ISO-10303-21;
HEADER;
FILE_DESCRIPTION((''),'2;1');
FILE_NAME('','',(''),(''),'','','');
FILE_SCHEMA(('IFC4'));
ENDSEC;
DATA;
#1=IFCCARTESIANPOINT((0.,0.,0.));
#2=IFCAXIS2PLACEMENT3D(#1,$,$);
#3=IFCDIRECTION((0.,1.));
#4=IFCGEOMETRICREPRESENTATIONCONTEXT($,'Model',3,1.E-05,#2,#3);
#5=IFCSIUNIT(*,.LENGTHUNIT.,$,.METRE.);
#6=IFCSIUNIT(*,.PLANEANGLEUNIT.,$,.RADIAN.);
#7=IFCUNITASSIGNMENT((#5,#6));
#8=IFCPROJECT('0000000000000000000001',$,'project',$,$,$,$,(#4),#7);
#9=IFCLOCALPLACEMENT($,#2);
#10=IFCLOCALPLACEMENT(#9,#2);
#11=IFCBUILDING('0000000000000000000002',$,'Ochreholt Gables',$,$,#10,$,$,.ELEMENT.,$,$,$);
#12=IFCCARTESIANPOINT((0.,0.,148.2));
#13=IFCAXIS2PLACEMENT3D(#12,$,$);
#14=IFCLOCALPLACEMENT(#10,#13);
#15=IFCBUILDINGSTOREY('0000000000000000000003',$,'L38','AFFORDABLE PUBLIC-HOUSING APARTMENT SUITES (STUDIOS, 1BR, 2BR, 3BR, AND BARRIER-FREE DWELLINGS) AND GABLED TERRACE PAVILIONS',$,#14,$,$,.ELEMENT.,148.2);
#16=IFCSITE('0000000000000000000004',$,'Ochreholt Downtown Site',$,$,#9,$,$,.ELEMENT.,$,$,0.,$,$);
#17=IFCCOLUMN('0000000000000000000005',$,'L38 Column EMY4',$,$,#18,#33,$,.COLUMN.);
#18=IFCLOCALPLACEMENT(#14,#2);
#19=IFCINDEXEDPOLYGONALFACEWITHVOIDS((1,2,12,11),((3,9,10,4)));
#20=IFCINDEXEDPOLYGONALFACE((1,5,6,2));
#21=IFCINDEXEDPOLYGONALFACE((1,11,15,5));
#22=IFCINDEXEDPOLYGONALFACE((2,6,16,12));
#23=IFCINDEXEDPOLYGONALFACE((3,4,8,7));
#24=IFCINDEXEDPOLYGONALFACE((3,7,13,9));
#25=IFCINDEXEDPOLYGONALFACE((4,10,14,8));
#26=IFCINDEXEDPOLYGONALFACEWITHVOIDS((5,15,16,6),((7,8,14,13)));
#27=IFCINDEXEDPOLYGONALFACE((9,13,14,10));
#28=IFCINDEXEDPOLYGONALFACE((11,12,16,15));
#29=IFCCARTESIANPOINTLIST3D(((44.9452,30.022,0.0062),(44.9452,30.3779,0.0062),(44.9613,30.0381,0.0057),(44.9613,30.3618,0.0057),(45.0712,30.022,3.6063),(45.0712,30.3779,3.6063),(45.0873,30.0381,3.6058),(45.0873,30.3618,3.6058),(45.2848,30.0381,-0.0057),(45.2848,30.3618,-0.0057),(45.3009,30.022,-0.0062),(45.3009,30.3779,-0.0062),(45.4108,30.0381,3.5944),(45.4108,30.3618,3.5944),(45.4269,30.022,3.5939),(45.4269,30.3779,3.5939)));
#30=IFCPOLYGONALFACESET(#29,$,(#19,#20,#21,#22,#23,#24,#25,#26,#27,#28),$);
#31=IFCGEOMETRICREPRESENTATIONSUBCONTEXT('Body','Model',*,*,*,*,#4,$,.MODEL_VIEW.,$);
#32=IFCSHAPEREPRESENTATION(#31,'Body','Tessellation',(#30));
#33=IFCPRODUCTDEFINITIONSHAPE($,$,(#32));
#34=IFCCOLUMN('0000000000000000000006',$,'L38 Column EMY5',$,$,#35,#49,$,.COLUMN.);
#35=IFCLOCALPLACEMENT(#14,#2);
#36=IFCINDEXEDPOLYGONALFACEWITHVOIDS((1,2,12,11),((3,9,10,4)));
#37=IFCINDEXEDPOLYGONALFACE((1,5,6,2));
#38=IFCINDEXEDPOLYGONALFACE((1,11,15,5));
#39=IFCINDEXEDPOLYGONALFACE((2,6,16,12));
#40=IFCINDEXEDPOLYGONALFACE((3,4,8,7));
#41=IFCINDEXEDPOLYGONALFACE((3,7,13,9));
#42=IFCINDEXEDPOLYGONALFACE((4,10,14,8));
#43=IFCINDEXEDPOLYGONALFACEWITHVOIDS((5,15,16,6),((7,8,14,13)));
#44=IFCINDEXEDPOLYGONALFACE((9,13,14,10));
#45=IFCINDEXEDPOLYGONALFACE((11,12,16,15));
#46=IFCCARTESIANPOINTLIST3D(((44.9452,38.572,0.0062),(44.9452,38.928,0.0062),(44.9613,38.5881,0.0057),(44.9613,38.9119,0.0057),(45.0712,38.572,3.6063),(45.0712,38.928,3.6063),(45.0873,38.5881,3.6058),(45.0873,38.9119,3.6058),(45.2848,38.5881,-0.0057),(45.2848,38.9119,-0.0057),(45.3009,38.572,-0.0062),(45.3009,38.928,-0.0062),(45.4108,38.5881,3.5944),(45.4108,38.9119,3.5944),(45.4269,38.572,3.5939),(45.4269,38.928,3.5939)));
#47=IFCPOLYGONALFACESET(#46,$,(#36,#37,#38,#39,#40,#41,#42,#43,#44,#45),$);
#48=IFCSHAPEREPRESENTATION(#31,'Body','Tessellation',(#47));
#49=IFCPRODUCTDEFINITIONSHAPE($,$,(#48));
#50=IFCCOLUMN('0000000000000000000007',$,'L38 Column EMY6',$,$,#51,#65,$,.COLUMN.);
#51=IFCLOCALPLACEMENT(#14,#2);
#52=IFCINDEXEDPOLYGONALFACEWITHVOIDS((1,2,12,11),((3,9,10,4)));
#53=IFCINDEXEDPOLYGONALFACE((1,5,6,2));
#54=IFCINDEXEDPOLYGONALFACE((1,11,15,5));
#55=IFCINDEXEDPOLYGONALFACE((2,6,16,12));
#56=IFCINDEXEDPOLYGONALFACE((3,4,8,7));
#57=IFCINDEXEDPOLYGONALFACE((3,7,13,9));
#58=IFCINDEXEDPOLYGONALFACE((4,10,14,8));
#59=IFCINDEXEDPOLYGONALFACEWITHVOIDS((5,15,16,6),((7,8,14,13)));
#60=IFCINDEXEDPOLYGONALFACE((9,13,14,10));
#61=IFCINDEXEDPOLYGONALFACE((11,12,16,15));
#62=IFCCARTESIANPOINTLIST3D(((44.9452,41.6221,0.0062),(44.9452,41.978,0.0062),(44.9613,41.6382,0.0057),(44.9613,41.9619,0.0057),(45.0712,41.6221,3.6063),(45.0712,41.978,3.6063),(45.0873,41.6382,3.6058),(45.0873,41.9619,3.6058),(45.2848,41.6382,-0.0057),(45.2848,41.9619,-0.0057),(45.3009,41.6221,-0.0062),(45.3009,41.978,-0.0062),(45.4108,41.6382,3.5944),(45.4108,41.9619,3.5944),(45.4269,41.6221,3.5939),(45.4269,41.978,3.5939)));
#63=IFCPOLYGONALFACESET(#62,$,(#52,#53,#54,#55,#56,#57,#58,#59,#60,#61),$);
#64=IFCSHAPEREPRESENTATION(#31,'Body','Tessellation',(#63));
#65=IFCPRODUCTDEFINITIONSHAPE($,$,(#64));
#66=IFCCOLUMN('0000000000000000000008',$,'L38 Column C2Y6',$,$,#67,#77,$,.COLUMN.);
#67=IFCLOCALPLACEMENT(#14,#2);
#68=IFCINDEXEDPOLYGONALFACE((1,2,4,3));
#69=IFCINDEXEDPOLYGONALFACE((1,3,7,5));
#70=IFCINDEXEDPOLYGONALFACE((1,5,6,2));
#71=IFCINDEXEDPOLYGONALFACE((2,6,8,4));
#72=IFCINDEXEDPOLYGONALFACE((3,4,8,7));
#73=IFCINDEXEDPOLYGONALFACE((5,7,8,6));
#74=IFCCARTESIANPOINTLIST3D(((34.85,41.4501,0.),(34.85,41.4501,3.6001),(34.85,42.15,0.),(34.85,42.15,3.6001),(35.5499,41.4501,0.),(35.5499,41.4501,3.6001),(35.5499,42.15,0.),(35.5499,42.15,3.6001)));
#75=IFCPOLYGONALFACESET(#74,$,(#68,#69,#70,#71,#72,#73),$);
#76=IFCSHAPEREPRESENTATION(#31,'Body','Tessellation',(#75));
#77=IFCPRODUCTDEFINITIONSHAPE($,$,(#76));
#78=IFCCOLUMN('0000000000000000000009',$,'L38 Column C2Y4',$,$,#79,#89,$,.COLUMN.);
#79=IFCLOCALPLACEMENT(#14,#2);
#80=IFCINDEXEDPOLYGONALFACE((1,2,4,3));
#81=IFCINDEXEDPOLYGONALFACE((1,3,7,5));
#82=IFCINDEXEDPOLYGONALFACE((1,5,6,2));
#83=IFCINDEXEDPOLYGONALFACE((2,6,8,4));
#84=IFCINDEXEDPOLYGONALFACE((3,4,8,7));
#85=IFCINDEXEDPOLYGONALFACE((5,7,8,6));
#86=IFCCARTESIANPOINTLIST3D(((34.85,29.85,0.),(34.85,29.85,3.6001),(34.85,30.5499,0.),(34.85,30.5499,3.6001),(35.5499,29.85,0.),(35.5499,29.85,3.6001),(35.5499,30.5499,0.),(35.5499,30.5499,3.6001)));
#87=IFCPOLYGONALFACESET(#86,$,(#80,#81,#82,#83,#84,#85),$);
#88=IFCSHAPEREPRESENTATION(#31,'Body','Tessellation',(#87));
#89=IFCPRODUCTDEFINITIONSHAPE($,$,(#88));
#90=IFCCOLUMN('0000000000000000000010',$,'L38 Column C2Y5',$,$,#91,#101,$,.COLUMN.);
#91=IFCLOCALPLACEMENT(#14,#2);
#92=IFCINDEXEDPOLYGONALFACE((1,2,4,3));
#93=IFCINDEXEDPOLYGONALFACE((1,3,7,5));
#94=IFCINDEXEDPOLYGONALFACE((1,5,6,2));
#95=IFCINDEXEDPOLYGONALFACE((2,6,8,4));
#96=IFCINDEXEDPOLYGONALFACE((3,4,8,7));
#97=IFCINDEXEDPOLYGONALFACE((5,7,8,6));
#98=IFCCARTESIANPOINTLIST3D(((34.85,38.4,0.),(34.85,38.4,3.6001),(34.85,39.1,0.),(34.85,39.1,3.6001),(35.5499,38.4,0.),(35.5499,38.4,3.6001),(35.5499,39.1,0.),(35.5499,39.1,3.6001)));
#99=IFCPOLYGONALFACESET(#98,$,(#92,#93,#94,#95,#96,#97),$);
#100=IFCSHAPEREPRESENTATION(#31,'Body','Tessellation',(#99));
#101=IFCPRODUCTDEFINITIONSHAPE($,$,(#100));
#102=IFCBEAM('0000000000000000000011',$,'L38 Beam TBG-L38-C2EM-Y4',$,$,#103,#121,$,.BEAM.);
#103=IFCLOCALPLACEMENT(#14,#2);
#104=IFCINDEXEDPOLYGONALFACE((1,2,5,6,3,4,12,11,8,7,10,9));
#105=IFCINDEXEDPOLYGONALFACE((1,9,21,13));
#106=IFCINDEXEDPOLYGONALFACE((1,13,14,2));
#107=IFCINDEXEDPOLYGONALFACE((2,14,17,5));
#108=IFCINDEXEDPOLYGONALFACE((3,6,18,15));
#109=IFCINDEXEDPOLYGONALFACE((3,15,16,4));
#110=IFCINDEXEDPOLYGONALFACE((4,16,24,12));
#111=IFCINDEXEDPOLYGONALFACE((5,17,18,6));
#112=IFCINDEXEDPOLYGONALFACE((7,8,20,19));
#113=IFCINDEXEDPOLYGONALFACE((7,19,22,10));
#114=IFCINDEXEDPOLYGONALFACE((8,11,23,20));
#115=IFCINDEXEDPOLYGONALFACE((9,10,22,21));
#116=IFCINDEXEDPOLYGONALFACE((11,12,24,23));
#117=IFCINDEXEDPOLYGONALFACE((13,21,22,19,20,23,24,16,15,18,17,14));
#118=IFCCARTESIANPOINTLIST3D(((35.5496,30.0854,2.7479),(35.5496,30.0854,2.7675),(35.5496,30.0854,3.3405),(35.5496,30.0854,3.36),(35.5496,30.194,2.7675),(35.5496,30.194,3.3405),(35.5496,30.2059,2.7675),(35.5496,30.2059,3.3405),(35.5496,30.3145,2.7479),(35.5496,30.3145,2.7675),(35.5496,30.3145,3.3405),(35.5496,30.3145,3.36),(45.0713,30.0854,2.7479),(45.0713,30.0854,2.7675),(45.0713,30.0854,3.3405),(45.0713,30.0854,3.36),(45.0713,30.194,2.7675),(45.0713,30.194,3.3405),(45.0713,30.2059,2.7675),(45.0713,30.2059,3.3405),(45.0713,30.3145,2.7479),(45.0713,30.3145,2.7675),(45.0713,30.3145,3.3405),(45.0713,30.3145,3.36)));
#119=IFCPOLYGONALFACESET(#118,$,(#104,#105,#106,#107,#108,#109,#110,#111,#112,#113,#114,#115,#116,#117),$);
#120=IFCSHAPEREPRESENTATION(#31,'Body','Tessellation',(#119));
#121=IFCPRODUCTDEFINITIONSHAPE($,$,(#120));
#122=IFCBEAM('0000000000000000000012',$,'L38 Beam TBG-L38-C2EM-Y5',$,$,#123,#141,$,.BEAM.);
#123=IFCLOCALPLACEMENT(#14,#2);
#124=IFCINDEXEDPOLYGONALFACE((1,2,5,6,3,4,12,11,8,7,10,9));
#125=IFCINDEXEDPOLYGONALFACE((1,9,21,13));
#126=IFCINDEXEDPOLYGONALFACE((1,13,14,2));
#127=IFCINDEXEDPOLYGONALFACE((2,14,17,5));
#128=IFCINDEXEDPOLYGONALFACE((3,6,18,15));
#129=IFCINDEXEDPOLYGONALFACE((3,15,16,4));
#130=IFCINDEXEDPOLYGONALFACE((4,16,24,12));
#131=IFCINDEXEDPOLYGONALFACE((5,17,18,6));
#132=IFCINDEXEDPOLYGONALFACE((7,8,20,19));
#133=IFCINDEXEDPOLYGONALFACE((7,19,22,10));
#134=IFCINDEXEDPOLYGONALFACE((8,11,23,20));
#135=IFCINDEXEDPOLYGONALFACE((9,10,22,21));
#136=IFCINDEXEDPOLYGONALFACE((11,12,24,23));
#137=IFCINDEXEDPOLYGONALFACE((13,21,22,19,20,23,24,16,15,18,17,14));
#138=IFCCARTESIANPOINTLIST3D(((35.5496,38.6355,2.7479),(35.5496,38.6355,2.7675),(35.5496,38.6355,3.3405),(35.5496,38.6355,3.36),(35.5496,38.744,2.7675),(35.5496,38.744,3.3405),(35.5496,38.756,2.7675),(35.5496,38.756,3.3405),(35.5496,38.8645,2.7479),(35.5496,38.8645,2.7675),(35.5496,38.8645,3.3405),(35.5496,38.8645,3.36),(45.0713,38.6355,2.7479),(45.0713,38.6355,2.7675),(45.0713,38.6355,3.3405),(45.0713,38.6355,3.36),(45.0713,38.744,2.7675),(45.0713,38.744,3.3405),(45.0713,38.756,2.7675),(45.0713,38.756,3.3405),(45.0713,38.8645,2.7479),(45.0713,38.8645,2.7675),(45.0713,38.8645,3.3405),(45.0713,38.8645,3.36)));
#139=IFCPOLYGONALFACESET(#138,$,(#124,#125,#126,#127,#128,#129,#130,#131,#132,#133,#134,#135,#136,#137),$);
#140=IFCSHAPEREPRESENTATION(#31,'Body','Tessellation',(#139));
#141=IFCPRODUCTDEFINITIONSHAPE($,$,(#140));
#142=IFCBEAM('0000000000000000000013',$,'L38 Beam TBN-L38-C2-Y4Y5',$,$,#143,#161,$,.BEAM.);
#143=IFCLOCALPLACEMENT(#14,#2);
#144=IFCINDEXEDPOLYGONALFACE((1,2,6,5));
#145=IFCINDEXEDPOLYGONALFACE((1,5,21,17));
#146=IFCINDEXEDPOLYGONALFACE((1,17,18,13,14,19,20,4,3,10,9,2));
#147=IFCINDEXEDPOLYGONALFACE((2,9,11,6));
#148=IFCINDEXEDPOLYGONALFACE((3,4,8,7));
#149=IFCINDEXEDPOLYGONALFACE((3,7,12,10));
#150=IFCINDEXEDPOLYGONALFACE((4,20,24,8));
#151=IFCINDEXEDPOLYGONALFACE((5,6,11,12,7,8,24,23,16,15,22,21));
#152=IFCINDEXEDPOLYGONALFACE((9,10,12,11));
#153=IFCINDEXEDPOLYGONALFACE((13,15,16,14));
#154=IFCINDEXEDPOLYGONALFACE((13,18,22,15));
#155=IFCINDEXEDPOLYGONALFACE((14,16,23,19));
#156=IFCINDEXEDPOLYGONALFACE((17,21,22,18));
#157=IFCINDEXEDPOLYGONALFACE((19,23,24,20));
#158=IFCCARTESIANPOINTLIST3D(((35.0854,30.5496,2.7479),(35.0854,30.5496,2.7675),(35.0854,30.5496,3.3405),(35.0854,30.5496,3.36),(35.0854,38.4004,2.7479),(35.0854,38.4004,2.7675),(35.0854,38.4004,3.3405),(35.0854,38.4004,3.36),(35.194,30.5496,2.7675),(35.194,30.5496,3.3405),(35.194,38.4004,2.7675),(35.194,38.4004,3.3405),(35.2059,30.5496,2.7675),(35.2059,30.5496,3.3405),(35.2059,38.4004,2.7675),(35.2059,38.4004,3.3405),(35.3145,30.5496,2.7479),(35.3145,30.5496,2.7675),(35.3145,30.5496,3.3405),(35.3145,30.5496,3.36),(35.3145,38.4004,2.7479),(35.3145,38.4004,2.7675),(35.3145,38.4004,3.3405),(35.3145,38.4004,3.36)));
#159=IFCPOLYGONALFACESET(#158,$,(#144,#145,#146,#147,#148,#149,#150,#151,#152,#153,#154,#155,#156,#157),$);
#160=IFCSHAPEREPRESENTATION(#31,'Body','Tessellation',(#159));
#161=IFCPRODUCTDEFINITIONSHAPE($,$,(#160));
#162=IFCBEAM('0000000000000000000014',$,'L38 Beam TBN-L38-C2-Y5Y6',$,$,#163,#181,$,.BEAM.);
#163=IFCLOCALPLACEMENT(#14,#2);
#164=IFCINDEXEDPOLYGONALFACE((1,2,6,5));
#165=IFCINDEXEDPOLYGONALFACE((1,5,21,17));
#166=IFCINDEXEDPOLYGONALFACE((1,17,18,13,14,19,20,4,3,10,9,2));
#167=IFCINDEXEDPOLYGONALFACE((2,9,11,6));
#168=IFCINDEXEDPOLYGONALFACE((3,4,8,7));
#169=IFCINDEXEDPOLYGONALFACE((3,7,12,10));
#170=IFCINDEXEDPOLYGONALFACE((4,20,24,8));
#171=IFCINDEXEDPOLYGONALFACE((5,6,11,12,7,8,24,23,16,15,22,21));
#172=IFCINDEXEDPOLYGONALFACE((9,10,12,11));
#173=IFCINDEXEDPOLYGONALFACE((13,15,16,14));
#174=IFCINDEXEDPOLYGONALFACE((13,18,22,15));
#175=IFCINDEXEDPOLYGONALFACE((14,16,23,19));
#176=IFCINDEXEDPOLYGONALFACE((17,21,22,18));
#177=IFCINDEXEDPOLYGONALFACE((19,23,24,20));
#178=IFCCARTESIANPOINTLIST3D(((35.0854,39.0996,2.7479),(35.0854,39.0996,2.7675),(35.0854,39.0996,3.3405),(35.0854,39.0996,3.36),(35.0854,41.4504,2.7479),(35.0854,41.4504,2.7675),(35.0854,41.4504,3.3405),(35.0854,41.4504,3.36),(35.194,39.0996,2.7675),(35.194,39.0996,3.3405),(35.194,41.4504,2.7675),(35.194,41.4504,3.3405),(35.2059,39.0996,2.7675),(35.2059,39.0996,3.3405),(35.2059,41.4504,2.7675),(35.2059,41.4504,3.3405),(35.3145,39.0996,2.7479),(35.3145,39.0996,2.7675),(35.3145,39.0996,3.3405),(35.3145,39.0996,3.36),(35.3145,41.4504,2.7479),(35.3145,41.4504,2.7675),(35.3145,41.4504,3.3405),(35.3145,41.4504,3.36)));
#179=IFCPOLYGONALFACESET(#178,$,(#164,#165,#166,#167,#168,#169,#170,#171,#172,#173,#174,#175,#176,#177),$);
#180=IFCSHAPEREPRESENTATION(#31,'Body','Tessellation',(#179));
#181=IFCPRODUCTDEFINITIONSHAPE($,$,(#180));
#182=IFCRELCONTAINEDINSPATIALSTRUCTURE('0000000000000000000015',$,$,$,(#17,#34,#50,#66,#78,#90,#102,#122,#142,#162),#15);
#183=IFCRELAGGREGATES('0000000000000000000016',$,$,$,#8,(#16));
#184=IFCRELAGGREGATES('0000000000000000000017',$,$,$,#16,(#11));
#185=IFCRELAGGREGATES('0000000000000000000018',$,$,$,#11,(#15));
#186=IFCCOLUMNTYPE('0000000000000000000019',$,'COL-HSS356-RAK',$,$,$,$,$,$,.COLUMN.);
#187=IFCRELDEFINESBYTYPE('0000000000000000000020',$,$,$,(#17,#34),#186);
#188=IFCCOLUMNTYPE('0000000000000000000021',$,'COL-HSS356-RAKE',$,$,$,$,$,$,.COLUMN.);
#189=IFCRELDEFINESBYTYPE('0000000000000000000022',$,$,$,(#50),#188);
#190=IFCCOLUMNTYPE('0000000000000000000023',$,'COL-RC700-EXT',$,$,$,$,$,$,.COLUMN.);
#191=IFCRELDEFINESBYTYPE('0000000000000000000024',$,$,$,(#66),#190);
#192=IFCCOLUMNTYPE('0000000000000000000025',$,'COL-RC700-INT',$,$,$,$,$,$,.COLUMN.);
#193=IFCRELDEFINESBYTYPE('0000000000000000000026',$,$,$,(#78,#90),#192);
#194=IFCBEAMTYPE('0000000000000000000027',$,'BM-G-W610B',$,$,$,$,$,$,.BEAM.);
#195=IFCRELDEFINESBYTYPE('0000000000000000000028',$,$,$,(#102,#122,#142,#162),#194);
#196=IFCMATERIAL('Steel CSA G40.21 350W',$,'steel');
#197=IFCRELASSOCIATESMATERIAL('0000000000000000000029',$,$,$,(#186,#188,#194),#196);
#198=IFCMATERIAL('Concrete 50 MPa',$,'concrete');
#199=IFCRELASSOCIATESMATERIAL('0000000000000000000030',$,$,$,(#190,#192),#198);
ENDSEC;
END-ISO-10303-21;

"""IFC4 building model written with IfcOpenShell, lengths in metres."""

from ifc_helpers import new_model, si_unit, direction, frame, origin, origin_2d, place, context, subcontext, project, spatial, rectangle, hollow_rectangle, i_section, extrude, material, material_profile, profile_set, type_object, element, save


model = new_model("IFC4")

# Units and contexts
model_context = context("Model", 3, precision=1e-05, world=origin(), true_north=direction((0.0, 1.0)))
body_context = subcontext(model_context, "Body", "Model", "MODEL_VIEW")
ifc_project = project(units=[si_unit("LENGTHUNIT", "METRE"), si_unit("PLANEANGLEUNIT", "RADIAN")], contexts=[model_context])

# Site, building, storey
site_placement = place(None, origin())
site = spatial("IfcSite", under=ifc_project, at=site_placement, Name="Ochreholt Downtown Site", CompositionType="ELEMENT", RefElevation=0.0)
building_placement = place(site_placement, origin())
building = spatial("IfcBuilding", under=site, at=building_placement, Name="Ochreholt Gables", CompositionType="ELEMENT")
storey_placement = place(building_placement, frame((0.0, 0.0, 148.2)))
storey = spatial("IfcBuildingStorey", under=building, at=storey_placement, Name="L38", Description="AFFORDABLE PUBLIC-HOUSING APARTMENT SUITES (STUDIOS, 1BR, 2BR, 3BR, AND BARRIER-FREE DWELLINGS) AND GABLED TERRACE PAVILIONS", CompositionType="ELEMENT", Elevation=148.2)

# Columns
ifc_material_1 = material(Name="Steel CSA G40.21 350W", Category="steel")
ifc_material_profile_1 = material_profile(ifc_material_1, hollow_rectangle(XDim=0.356, YDim=0.356, WallThickness=0.0161, at=origin_2d()), Name="HSS356X356X16")
ifc_profile_set_1 = profile_set([ifc_material_profile_1], Name="Steel CSA G40.21 350W")
column_type_1 = type_object("IfcColumnType", Name="COL-HSS356-RAK", PredefinedType="COLUMN", material=ifc_profile_set_1)
for number, where, z_axis, x_axis, name in (
    (1, (45.123, 30.2, 0.0), (0.034971, 0.0, 0.999388), (0.0, 1.0, 0.0), "L38 Column EMY4"),
    (2, (45.123, 38.75, 0.0), (0.034971, 0.0, 0.999388), (0.0, 1.0, 0.0), "L38 Column EMY5"),
):
    element("IfcColumn", number, at=place(storey_placement, frame(where, z_axis=z_axis, x_axis=x_axis)), inside=storey, type_object=column_type_1, Name=name, PredefinedType="COLUMN", context=body_context, shape_type="SweptSolid", body=[
        extrude(hollow_rectangle(XDim=0.356, YDim=0.356, WallThickness=0.0161, at=origin_2d()), origin(), (0.0, 0.0, 1.0), 3.6023),
    ])
ifc_material_profile_2 = material_profile(ifc_material_1, hollow_rectangle(XDim=0.356, YDim=0.356, WallThickness=0.0161, at=origin_2d()), Name="HSS356X356X16")
ifc_profile_set_2 = profile_set([ifc_material_profile_2], Name="Steel CSA G40.21 350W")
column_type_2 = type_object("IfcColumnType", Name="COL-HSS356-RAKE", PredefinedType="COLUMN", material=ifc_profile_set_2)
column_1_placement = place(storey_placement, frame((45.123, 41.8, 0.0), z_axis=(0.034971, 0.0, 0.999388), x_axis=(0.0, 1.0, 0.0)))
element("IfcColumn", 3, at=column_1_placement, inside=storey, type_object=column_type_2, Name="L38 Column EMY6", PredefinedType="COLUMN", context=body_context, shape_type="SweptSolid", body=[
    extrude(hollow_rectangle(XDim=0.356, YDim=0.356, WallThickness=0.0161, at=origin_2d()), origin(), (0.0, 0.0, 1.0), 3.6023),
])
ifc_material_2 = material(Name="Concrete 50 MPa", Category="concrete")
ifc_material_profile_3 = material_profile(ifc_material_2, rectangle(XDim=0.7, YDim=0.7, at=origin_2d()), Name="RC700X700")
ifc_profile_set_3 = profile_set([ifc_material_profile_3], Name="Concrete 50 MPa")
column_type_3 = type_object("IfcColumnType", Name="COL-RC700-EXT", PredefinedType="COLUMN", material=ifc_profile_set_3)
column_2_placement = place(storey_placement, frame((35.2, 41.8, 0.0), z_axis=(0.0, 0.0, 1.0), x_axis=(1.0, 0.0, 0.0)))
element("IfcColumn", 4, at=column_2_placement, inside=storey, type_object=column_type_3, Name="L38 Column C2Y6", PredefinedType="COLUMN", context=body_context, shape_type="SweptSolid", body=[
    extrude(rectangle(XDim=0.7, YDim=0.7, at=origin_2d()), origin(), (0.0, 0.0, 1.0), 3.6001),
])
ifc_material_profile_4 = material_profile(ifc_material_2, rectangle(XDim=0.7, YDim=0.7, at=origin_2d()), Name="RC700X700")
ifc_profile_set_4 = profile_set([ifc_material_profile_4], Name="Concrete 50 MPa")
column_type_4 = type_object("IfcColumnType", Name="COL-RC700-INT", PredefinedType="COLUMN", material=ifc_profile_set_4)
for number, where, z_axis, x_axis, name in (
    (5, (35.2, 30.2, 0.0), (0.0, 0.0, 1.0), (1.0, 0.0, 0.0), "L38 Column C2Y4"),
    (6, (35.2, 38.75, 0.0), (0.0, 0.0, 1.0), (1.0, 0.0, 0.0), "L38 Column C2Y5"),
):
    element("IfcColumn", number, at=place(storey_placement, frame(where, z_axis=z_axis, x_axis=x_axis)), inside=storey, type_object=column_type_4, Name=name, PredefinedType="COLUMN", context=body_context, shape_type="SweptSolid", body=[
        extrude(rectangle(XDim=0.7, YDim=0.7, at=origin_2d()), origin(), (0.0, 0.0, 1.0), 3.6001),
    ])

# Beams
ifc_material_profile_5 = material_profile(ifc_material_1, i_section(OverallWidth=0.229, OverallDepth=0.6121, WebThickness=0.012, FlangeThickness=0.0195, at=origin_2d()), Name="W610X125")
ifc_profile_set_5 = profile_set([ifc_material_profile_5], Name="Steel CSA G40.21 350W")
beam_type_1 = type_object("IfcBeamType", Name="BM-G-W610B", PredefinedType="BEAM", material=ifc_profile_set_5)
for number, where, z_axis, x_axis, name in (
    (7, (35.5496, 30.2, 3.054), (1.0, 0.0, 0.0), (0.0, 1.0, 0.0), "L38 Beam TBG-L38-C2EM-Y4"),
    (8, (35.5496, 38.75, 3.054), (1.0, 0.0, 0.0), (0.0, 1.0, 0.0), "L38 Beam TBG-L38-C2EM-Y5"),
):
    element("IfcBeam", number, at=place(storey_placement, frame(where, z_axis=z_axis, x_axis=x_axis)), inside=storey, type_object=beam_type_1, Name=name, PredefinedType="BEAM", context=body_context, shape_type="SweptSolid", body=[
        extrude(i_section(OverallWidth=0.229, OverallDepth=0.6121, WebThickness=0.012, FlangeThickness=0.0195, at=origin_2d()), origin(), (0.0, 0.0, 1.0), 9.5217),
    ])
beam_1_placement = place(storey_placement, frame((35.2, 30.5496, 3.054), z_axis=(0.0, 1.0, 0.0), x_axis=(-1.0, 0.0, 0.0)))
element("IfcBeam", 9, at=beam_1_placement, inside=storey, type_object=beam_type_1, Name="L38 Beam TBN-L38-C2-Y4Y5", PredefinedType="BEAM", context=body_context, shape_type="SweptSolid", body=[
    extrude(i_section(OverallWidth=0.229, OverallDepth=0.6121, WebThickness=0.012, FlangeThickness=0.0195, at=origin_2d()), origin(), (0.0, 0.0, 1.0), 7.8508),
])
beam_2_placement = place(storey_placement, frame((35.2, 39.0996, 3.054), z_axis=(0.0, 1.0, 0.0), x_axis=(-1.0, 0.0, 0.0)))
element("IfcBeam", 10, at=beam_2_placement, inside=storey, type_object=beam_type_1, Name="L38 Beam TBN-L38-C2-Y5Y6", PredefinedType="BEAM", context=body_context, shape_type="SweptSolid", body=[
    extrude(i_section(OverallWidth=0.229, OverallDepth=0.6121, WebThickness=0.012, FlangeThickness=0.0195, at=origin_2d()), origin(), (0.0, 0.0, 1.0), 2.3508),
])

save(model, "model.ifc")
